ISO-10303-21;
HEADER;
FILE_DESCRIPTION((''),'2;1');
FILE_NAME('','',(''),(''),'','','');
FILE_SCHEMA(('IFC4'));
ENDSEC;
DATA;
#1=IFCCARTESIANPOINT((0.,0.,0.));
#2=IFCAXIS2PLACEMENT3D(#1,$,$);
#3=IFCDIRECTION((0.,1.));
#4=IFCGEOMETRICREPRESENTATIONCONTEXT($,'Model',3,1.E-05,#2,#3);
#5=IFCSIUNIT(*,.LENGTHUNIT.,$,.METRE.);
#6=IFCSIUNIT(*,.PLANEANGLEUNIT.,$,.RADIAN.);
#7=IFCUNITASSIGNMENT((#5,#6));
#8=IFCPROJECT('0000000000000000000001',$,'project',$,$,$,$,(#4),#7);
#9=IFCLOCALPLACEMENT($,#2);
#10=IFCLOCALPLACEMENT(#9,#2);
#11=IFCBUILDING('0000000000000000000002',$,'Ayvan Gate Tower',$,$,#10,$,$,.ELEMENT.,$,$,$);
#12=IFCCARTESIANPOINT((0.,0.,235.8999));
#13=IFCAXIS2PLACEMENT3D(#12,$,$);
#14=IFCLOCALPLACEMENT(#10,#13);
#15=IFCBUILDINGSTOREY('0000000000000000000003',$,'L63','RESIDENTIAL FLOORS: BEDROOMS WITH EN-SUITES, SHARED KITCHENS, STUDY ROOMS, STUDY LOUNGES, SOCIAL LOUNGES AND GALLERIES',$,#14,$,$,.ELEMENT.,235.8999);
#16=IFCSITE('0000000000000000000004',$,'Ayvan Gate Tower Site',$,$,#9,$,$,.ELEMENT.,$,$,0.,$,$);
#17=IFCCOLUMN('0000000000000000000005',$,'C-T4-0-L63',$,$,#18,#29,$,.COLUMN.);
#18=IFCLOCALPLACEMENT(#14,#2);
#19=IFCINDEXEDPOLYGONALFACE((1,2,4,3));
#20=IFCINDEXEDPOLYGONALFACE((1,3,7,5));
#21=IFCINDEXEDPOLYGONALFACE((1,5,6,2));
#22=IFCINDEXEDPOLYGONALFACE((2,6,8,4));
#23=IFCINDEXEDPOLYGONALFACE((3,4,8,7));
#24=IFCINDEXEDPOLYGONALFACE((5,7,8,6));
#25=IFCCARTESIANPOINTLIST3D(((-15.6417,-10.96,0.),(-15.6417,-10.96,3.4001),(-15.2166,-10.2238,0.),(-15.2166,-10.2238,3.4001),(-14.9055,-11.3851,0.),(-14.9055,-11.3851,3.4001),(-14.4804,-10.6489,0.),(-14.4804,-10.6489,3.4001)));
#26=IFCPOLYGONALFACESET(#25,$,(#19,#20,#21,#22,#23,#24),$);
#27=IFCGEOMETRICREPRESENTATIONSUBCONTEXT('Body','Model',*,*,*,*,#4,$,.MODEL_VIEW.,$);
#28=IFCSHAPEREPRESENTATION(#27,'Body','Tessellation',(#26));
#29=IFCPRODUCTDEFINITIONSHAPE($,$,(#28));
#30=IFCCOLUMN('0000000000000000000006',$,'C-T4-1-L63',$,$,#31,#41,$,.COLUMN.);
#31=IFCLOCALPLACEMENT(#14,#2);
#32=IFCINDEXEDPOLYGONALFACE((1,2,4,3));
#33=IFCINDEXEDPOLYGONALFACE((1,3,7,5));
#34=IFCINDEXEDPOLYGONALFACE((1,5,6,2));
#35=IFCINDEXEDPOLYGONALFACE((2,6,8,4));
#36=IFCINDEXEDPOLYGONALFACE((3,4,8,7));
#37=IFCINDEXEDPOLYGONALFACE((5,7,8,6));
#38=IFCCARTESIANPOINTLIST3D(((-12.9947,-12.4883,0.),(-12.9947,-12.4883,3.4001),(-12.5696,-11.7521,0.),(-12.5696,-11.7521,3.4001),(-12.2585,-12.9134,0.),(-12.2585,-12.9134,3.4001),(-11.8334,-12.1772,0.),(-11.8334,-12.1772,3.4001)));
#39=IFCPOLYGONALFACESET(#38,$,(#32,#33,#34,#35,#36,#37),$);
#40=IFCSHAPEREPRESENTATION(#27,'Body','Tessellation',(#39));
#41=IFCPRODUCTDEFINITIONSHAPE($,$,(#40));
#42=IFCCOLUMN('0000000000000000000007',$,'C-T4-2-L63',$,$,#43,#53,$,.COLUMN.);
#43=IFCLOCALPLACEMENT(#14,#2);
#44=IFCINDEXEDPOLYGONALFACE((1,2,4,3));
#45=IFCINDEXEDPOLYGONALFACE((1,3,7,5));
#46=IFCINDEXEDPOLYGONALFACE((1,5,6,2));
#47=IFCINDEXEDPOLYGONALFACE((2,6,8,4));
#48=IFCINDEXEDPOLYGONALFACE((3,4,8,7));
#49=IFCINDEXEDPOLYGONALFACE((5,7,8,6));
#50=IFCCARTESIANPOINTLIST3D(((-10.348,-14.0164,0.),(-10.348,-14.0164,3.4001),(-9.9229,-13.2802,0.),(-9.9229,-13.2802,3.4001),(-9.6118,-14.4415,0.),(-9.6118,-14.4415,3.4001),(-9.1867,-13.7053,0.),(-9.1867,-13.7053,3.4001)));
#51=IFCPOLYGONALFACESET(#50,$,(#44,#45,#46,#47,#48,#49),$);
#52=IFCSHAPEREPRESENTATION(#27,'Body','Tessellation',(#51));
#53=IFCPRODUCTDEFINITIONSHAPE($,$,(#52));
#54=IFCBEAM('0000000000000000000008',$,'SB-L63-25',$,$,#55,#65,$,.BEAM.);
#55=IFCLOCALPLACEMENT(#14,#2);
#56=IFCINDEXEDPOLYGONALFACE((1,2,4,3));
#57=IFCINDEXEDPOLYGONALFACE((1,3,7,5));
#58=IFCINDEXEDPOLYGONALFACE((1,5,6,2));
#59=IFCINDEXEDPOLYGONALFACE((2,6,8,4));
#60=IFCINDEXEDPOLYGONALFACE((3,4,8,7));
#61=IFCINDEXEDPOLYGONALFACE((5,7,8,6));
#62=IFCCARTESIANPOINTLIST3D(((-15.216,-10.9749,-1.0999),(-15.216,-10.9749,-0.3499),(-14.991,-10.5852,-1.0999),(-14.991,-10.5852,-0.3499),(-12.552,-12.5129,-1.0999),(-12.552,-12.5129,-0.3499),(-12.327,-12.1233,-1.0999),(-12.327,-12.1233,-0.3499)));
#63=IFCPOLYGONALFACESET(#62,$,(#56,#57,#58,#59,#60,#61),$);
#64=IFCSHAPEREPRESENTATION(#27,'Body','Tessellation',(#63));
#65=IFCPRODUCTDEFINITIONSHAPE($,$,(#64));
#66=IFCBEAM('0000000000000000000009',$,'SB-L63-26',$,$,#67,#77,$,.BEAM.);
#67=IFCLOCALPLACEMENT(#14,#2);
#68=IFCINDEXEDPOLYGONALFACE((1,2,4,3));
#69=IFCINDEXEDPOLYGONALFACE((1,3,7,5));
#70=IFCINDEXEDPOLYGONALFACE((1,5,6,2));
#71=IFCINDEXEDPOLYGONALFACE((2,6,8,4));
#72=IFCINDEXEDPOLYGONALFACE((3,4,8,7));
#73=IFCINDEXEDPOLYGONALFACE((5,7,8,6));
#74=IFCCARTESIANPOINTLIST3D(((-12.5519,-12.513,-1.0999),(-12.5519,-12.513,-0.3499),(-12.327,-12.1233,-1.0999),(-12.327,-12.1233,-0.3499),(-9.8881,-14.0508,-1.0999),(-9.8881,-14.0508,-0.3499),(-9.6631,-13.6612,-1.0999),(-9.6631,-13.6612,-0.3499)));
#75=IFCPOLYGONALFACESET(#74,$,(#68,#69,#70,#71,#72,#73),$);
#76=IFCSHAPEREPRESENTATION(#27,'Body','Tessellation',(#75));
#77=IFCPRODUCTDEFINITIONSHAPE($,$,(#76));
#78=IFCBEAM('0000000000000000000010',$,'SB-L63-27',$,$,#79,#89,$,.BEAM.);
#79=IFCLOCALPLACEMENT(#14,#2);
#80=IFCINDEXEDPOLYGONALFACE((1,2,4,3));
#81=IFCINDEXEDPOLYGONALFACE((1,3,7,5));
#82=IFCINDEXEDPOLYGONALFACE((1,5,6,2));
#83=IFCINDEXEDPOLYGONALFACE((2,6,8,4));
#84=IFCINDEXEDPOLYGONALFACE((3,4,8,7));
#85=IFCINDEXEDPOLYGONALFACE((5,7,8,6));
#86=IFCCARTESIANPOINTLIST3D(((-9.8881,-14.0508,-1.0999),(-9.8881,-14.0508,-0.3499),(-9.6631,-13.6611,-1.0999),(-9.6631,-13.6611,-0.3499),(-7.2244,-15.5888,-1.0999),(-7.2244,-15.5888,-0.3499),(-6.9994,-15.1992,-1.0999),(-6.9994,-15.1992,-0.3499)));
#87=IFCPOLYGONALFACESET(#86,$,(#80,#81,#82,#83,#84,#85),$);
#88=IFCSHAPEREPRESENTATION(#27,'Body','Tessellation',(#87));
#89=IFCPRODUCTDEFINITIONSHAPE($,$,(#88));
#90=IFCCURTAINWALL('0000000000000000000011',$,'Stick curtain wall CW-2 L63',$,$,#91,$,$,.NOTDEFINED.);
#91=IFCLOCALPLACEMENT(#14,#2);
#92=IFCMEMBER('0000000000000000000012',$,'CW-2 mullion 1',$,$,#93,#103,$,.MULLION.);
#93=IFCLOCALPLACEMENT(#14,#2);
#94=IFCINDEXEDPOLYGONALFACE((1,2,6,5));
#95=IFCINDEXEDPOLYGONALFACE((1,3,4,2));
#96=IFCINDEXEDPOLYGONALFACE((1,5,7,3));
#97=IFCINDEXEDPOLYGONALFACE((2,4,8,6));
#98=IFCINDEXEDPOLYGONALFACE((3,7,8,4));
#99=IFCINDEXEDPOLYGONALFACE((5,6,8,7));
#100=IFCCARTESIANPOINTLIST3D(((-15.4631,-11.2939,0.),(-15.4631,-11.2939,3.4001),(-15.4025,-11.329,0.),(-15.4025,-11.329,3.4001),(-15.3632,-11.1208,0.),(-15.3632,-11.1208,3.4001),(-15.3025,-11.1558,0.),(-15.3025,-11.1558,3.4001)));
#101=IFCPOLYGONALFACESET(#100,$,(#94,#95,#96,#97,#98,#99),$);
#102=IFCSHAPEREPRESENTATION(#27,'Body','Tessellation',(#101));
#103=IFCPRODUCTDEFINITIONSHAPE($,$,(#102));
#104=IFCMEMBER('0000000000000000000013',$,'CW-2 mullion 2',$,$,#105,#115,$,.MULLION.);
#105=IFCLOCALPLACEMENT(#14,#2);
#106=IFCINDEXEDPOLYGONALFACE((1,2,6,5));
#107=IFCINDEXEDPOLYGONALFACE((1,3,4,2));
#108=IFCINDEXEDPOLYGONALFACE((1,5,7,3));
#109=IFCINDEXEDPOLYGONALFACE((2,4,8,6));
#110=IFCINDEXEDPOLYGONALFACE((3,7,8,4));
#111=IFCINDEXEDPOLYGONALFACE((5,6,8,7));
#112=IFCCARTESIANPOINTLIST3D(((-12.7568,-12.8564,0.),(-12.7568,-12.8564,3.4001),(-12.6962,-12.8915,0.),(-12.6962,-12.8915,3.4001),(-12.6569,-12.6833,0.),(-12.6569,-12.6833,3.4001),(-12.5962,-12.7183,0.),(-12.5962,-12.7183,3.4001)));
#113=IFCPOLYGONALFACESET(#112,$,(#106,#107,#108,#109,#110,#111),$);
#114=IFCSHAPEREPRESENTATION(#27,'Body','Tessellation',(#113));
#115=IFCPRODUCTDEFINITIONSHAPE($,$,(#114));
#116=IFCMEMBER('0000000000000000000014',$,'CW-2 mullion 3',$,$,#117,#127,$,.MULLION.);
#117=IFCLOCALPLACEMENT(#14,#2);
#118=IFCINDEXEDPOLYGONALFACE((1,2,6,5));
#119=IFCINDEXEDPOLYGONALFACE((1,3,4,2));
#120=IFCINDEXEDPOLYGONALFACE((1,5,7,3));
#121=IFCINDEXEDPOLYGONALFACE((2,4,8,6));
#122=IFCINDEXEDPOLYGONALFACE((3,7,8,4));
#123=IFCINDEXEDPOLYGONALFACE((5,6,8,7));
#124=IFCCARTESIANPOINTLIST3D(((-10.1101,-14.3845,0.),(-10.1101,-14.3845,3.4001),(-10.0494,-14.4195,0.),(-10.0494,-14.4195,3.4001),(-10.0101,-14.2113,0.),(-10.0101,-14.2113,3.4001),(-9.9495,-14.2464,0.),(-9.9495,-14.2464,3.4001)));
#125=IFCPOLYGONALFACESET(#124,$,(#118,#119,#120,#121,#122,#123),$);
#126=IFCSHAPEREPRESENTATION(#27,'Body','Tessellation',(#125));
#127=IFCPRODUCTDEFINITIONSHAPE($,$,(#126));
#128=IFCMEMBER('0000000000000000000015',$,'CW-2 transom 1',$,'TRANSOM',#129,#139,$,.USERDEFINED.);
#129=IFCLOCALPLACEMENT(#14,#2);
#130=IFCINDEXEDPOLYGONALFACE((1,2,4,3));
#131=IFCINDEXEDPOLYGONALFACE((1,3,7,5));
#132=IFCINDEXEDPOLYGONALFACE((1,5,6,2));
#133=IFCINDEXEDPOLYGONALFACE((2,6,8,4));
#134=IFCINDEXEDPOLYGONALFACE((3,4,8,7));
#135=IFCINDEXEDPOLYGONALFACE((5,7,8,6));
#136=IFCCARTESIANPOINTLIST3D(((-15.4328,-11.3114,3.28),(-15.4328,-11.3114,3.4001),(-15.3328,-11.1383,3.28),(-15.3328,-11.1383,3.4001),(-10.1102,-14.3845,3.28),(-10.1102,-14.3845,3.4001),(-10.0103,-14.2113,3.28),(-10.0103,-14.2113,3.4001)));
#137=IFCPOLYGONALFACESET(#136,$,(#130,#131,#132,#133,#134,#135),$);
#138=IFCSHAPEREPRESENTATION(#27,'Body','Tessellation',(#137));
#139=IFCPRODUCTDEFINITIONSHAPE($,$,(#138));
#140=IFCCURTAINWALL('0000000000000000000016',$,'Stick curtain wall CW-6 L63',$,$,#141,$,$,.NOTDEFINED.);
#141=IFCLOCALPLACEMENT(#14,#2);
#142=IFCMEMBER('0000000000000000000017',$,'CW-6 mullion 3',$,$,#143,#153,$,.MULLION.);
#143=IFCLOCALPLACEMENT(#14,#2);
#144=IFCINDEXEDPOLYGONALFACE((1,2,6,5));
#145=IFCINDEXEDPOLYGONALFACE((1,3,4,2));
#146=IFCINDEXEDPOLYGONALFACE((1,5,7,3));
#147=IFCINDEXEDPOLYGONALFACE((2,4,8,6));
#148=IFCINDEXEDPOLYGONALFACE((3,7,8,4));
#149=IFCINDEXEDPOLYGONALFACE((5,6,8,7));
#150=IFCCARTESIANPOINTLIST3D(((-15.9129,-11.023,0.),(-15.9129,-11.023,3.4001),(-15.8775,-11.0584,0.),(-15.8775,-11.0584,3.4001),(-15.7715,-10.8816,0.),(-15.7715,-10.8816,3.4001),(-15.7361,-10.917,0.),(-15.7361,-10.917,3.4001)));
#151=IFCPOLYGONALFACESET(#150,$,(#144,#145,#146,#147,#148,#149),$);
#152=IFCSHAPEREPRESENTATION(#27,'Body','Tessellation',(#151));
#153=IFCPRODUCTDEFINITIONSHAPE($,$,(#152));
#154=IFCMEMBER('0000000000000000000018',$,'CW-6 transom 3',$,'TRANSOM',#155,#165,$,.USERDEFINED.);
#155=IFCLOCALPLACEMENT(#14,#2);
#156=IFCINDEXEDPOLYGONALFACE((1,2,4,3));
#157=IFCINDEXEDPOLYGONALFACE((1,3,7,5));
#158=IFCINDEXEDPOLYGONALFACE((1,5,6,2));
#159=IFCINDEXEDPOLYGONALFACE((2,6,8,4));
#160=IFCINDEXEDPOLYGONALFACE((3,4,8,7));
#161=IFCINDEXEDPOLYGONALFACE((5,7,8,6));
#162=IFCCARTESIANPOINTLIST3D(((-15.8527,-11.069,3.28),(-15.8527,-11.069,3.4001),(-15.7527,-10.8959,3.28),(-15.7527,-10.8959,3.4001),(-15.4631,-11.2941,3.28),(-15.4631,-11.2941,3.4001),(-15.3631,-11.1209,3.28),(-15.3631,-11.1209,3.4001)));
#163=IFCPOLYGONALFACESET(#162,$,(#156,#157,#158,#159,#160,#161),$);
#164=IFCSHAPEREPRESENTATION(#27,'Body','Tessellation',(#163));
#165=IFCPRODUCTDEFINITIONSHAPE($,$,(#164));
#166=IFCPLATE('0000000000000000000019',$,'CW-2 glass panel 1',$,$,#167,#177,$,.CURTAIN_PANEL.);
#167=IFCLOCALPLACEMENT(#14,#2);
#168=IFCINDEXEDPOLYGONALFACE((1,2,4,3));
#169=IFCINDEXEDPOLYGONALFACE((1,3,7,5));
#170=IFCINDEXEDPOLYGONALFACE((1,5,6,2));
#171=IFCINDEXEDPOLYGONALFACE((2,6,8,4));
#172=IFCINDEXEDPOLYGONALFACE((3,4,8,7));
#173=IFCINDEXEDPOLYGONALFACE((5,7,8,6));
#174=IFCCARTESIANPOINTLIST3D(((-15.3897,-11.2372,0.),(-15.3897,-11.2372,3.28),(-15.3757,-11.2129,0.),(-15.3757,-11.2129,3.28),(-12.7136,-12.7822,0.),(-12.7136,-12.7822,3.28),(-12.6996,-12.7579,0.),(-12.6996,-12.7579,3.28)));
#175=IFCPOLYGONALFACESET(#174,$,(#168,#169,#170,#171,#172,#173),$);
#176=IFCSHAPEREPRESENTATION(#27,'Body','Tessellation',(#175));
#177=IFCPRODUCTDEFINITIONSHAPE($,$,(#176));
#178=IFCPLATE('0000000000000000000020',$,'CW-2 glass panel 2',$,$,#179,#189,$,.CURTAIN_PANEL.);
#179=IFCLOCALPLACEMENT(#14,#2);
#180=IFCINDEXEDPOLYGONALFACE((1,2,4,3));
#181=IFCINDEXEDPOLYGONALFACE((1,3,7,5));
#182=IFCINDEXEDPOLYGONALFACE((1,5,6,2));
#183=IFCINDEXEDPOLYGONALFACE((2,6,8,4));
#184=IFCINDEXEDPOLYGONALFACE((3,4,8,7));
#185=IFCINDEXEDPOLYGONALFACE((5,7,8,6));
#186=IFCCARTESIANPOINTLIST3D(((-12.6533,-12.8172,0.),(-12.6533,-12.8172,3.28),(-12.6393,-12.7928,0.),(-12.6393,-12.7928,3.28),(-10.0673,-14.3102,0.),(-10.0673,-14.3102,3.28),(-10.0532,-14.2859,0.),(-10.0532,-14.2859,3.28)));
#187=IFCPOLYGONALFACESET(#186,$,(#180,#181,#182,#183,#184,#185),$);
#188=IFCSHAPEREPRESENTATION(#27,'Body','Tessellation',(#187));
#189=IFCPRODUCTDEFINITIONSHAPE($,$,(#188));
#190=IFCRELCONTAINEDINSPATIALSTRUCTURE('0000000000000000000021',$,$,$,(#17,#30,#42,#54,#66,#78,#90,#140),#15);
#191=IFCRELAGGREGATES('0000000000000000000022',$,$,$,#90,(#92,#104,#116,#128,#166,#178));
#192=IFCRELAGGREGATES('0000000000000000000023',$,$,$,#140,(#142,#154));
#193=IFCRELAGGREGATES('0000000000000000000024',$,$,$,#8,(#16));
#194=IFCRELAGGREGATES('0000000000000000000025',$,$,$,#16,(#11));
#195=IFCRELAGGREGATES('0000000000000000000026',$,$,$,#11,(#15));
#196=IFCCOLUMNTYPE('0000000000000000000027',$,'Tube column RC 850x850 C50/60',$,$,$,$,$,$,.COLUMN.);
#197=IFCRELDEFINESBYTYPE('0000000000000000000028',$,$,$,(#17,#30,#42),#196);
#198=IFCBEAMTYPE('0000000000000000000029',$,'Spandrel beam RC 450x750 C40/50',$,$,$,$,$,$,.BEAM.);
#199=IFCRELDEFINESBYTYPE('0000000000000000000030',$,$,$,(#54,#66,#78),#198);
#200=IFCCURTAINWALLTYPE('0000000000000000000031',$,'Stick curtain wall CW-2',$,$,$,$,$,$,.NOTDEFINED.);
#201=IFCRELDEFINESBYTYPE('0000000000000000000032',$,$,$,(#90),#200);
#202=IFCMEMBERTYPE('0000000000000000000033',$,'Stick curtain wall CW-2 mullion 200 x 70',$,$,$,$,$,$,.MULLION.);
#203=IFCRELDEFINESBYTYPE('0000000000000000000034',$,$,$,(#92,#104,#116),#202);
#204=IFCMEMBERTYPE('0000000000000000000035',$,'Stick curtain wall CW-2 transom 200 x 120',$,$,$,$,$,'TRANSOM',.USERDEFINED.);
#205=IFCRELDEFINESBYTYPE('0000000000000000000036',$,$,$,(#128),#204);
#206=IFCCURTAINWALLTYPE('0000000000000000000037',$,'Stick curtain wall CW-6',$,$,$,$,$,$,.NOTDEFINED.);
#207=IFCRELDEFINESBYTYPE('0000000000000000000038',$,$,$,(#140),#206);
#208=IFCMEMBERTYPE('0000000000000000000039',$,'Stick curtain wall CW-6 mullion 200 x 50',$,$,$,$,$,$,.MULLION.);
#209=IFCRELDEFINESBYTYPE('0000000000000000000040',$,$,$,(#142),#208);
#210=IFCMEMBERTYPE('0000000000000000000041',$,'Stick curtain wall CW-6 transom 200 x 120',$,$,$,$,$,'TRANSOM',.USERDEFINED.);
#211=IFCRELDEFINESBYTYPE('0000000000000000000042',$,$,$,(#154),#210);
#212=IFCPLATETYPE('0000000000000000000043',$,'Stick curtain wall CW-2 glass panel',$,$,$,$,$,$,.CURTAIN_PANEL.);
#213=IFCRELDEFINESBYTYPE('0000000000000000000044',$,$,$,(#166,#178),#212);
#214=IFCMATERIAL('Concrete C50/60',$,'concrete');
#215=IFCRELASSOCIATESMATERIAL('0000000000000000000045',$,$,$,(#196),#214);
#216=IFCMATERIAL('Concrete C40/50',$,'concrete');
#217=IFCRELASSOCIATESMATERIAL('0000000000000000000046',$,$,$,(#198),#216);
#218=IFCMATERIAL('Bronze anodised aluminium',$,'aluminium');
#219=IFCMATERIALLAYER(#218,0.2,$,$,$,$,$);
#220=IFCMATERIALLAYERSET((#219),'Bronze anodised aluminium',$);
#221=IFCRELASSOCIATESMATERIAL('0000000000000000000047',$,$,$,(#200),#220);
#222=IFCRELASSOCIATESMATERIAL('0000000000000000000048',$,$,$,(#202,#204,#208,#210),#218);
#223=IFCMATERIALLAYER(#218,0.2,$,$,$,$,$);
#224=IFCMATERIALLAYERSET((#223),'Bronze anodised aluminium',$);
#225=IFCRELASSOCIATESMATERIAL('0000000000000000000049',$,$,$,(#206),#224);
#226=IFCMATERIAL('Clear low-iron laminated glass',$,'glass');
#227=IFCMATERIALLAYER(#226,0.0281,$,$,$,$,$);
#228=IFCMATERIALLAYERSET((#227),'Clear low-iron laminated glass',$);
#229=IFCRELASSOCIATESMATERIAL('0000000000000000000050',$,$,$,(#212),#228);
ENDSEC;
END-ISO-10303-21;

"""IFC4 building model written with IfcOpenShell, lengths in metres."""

from ifc_helpers import new_model, si_unit, direction, frame, origin, origin_2d, place, context, subcontext, project, spatial, rectangle, extrude, material, layer, layer_set, material_profile, profile_set, type_object, element, aggregate, save


model = new_model("IFC4")

# Units and contexts
model_context = context("Model", 3, precision=1e-05, world=origin(), true_north=direction((0.0, 1.0)))
body_context = subcontext(model_context, "Body", "Model", "MODEL_VIEW")
ifc_project = project(units=[si_unit("LENGTHUNIT", "METRE"), si_unit("PLANEANGLEUNIT", "RADIAN")], contexts=[model_context])

# Site, building, storey
site_placement = place(None, origin())
site = spatial("IfcSite", under=ifc_project, at=site_placement, Name="Ayvan Gate Tower Site", CompositionType="ELEMENT", RefElevation=0.0)
building_placement = place(site_placement, origin())
building = spatial("IfcBuilding", under=site, at=building_placement, Name="Ayvan Gate Tower", CompositionType="ELEMENT")
storey_placement = place(building_placement, frame((0.0, 0.0, 235.8999)))
storey = spatial("IfcBuildingStorey", under=building, at=storey_placement, Name="L63", Description="RESIDENTIAL FLOORS: BEDROOMS WITH EN-SUITES, SHARED KITCHENS, STUDY ROOMS, STUDY LOUNGES, SOCIAL LOUNGES AND GALLERIES", CompositionType="ELEMENT", Elevation=235.8999)

# Columns
ifc_material_1 = material(Name="Concrete C50/60", Category="concrete")
ifc_material_profile_1 = material_profile(ifc_material_1, rectangle(XDim=0.8501, YDim=0.8501, at=origin_2d()), Name="RC 850x850")
ifc_profile_set_1 = profile_set([ifc_material_profile_1], Name="Concrete C50/60")
column_type = type_object("IfcColumnType", Name="Tube column RC 850x850 C50/60", PredefinedType="COLUMN", material=ifc_profile_set_1)
for number, where, z_axis, x_axis, name in (
    (1, (-15.061, -10.8044, 0.0), (0.0, 0.0, 1.0), (-0.5, -0.866025, 0.0), "C-T4-0-L63"),
    (2, (-12.4141, -12.3328, 0.0), (0.0, 0.0, 1.0), (-0.5, -0.866025, 0.0), "C-T4-1-L63"),
    (3, (-9.7673, -13.8608, 0.0), (0.0, 0.0, 1.0), (-0.5, -0.866025, 0.0), "C-T4-2-L63"),
):
    element("IfcColumn", number, at=place(storey_placement, frame(where, z_axis=z_axis, x_axis=x_axis)), inside=storey, type_object=column_type, Name=name, PredefinedType="COLUMN", context=body_context, shape_type="SweptSolid", body=[
        extrude(rectangle(XDim=0.8501, YDim=0.8501, at=origin_2d()), origin(), (0.0, 0.0, 1.0), 3.4001),
    ])

# Beams
ifc_material_2 = material(Name="Concrete C40/50", Category="concrete")
ifc_material_profile_2 = material_profile(ifc_material_2, rectangle(XDim=0.45, YDim=0.75, at=origin_2d()), Name="RC 450x750")
ifc_profile_set_2 = profile_set([ifc_material_profile_2], Name="Concrete C40/50")
beam_type = type_object("IfcBeamType", Name="Spandrel beam RC 450x750 C40/50", PredefinedType="BEAM", material=ifc_profile_set_2)
beam_placement = place(storey_placement, frame((-15.1035, -10.78, -0.7249), z_axis=(0.866027, -0.499997, 0.0), x_axis=(0.499997, 0.866027, 0.0)))
element("IfcBeam", 4, at=beam_placement, inside=storey, type_object=beam_type, Name="SB-L63-25", PredefinedType="BEAM", context=body_context, shape_type="SweptSolid", body=[
    extrude(rectangle(XDim=0.45, YDim=0.75, at=origin_2d()), origin(), (0.0, 0.0, 1.0), 3.0762),
])
for number, where, z_axis, x_axis, name in (
    (5, (-12.4395, -12.3181, -0.7249), (0.866042, -0.499972, 0.0), (0.499972, 0.866042, 0.0), "SB-L63-26"),
    (6, (-9.7756, -13.856, -0.7249), (0.866007, -0.500032, 0.0), (0.500032, 0.866007, 0.0), "SB-L63-27"),
):
    element("IfcBeam", number, at=place(storey_placement, frame(where, z_axis=z_axis, x_axis=x_axis)), inside=storey, type_object=beam_type, Name=name, PredefinedType="BEAM", context=body_context, shape_type="SweptSolid", body=[
        extrude(rectangle(XDim=0.45, YDim=0.75, at=origin_2d()), origin(), (0.0, 0.0, 1.0), 3.0759),
    ])

# Curtain walls, members
ifc_material_3 = material(Name="Bronze anodised aluminium", Category="aluminium")
ifc_layer_1 = layer(ifc_material_3, 0.2)
ifc_layer_set_1 = layer_set([ifc_layer_1], Name="Bronze anodised aluminium")
curtain_wall_type_1 = type_object("IfcCurtainWallType", Name="Stick curtain wall CW-2", PredefinedType="NOTDEFINED", material=ifc_layer_set_1)
curtain_wall_1_placement = place(storey_placement, origin())
curtain_wall_1 = element("IfcCurtainWall", 7, at=curtain_wall_1_placement, inside=storey, type_object=curtain_wall_type_1, Name="Stick curtain wall CW-2 L63", PredefinedType="NOTDEFINED")
ifc_material_profile_3 = material_profile(ifc_material_3, rectangle(XDim=0.2, YDim=0.0701, at=origin_2d()), Name="Stick curtain wall CW-2 mullion 200 x 70")
ifc_profile_set_3 = profile_set([ifc_material_profile_3], Name="Bronze anodised aluminium")
member_type_1 = type_object("IfcMemberType", Name="Stick curtain wall CW-2 mullion 200 x 70", PredefinedType="MULLION", material=ifc_profile_set_3)
member_1_placement = place(storey_placement, frame((-15.3828, -11.2249, 0.0), z_axis=(0.0, 0.0, 1.0), x_axis=(-0.5, -0.866025, 0.0)))
member_1 = element("IfcMember", 8, at=member_1_placement, type_object=member_type_1, Name="CW-2 mullion 1", PredefinedType="MULLION", context=body_context, shape_type="SweptSolid", body=[
    extrude(rectangle(XDim=0.2, YDim=0.0701, at=origin_2d()), origin(), (0.0, 0.0, 1.0), 3.4001),
])
member_2_placement = place(storey_placement, frame((-12.6765, -12.7874, 0.0), z_axis=(0.0, 0.0, 1.0), x_axis=(-0.5, -0.866025, 0.0)))
member_2 = element("IfcMember", 9, at=member_2_placement, type_object=member_type_1, Name="CW-2 mullion 2", PredefinedType="MULLION", context=body_context, shape_type="SweptSolid", body=[
    extrude(rectangle(XDim=0.2, YDim=0.0701, at=origin_2d()), origin(), (0.0, 0.0, 1.0), 3.4001),
])
member_3_placement = place(storey_placement, frame((-10.0298, -14.3154, 0.0), z_axis=(0.0, 0.0, 1.0), x_axis=(-0.5, -0.866025, 0.0)))
member_3 = element("IfcMember", 10, at=member_3_placement, type_object=member_type_1, Name="CW-2 mullion 3", PredefinedType="MULLION", context=body_context, shape_type="SweptSolid", body=[
    extrude(rectangle(XDim=0.2, YDim=0.0701, at=origin_2d()), origin(), (0.0, 0.0, 1.0), 3.4001),
])
ifc_material_profile_4 = material_profile(ifc_material_3, rectangle(XDim=0.2, YDim=0.1201, at=origin_2d()), Name="Stick curtain wall CW-2 transom 200 x 120")
ifc_profile_set_4 = profile_set([ifc_material_profile_4], Name="Bronze anodised aluminium")
member_type_2 = type_object("IfcMemberType", Name="Stick curtain wall CW-2 transom 200 x 120", ElementType="TRANSOM", PredefinedType="USERDEFINED", material=ifc_profile_set_4)
member_4_placement = place(storey_placement, frame((-15.3828, -11.2249, 3.3401), z_axis=(0.866022, -0.500006, 0.0), x_axis=(0.500006, 0.866022, 0.0)))
member_4 = element("IfcMember", 11, at=member_4_placement, type_object=member_type_2, Name="CW-2 transom 1", ObjectType="TRANSOM", PredefinedType="USERDEFINED", context=body_context, shape_type="SweptSolid", body=[
    extrude(rectangle(XDim=0.2, YDim=0.1201, at=origin_2d()), origin(), (0.0, 0.0, 1.0), 6.146),
])
ifc_layer_2 = layer(ifc_material_3, 0.2)
ifc_layer_set_2 = layer_set([ifc_layer_2], Name="Bronze anodised aluminium")
curtain_wall_type_2 = type_object("IfcCurtainWallType", Name="Stick curtain wall CW-6", PredefinedType="NOTDEFINED", material=ifc_layer_set_2)
curtain_wall_2_placement = place(storey_placement, origin())
curtain_wall_2 = element("IfcCurtainWall", 12, at=curtain_wall_2_placement, inside=storey, type_object=curtain_wall_type_2, Name="Stick curtain wall CW-6 L63", PredefinedType="NOTDEFINED")
ifc_material_profile_5 = material_profile(ifc_material_3, rectangle(XDim=0.2, YDim=0.05, at=origin_2d()), Name="Stick curtain wall CW-6 mullion 200 x 50")
ifc_profile_set_5 = profile_set([ifc_material_profile_5], Name="Bronze anodised aluminium")
member_type_3 = type_object("IfcMemberType", Name="Stick curtain wall CW-6 mullion 200 x 50", PredefinedType="MULLION", material=ifc_profile_set_5)
member_5_placement = place(storey_placement, frame((-15.8245, -10.97, 0.0), z_axis=(0.0, 0.0, 1.0), x_axis=(-0.707107, -0.707107, 0.0)))
member_5 = element("IfcMember", 13, at=member_5_placement, type_object=member_type_3, Name="CW-6 mullion 3", PredefinedType="MULLION", context=body_context, shape_type="SweptSolid", body=[
    extrude(rectangle(XDim=0.2, YDim=0.05, at=origin_2d()), origin(), (0.0, 0.0, 1.0), 3.4001),
])
ifc_material_profile_6 = material_profile(ifc_material_3, rectangle(XDim=0.2, YDim=0.1201, at=origin_2d()), Name="Stick curtain wall CW-6 transom 200 x 120")
ifc_profile_set_6 = profile_set([ifc_material_profile_6], Name="Bronze anodised aluminium")
member_type_4 = type_object("IfcMemberType", Name="Stick curtain wall CW-6 transom 200 x 120", ElementType="TRANSOM", PredefinedType="USERDEFINED", material=ifc_profile_set_6)
member_6_placement = place(storey_placement, frame((-15.8027, -10.9824, 3.3401), z_axis=(0.865896, -0.500223, 0.0), x_axis=(0.500223, 0.865896, 0.0)))
member_6 = element("IfcMember", 14, at=member_6_placement, type_object=member_type_4, Name="CW-6 transom 3", ObjectType="TRANSOM", PredefinedType="USERDEFINED", context=body_context, shape_type="SweptSolid", body=[
    extrude(rectangle(XDim=0.2, YDim=0.1201, at=origin_2d()), origin(), (0.0, 0.0, 1.0), 0.45),
])

# Plates
ifc_material_4 = material(Name="Clear low-iron laminated glass", Category="glass")
ifc_layer_3 = layer(ifc_material_4, 0.0281)
ifc_layer_set_3 = layer_set([ifc_layer_3], Name="Clear low-iron laminated glass")
plate_type_1 = type_object("IfcPlateType", Name="Stick curtain wall CW-2 glass panel", PredefinedType="CURTAIN_PANEL", material=ifc_layer_set_3)
plate_1_placement = place(storey_placement, frame((-14.0447, -11.9976, 0.0), z_axis=(0.0, 0.0, 1.0), x_axis=(0.866025, -0.5, 0.0)))
plate_1 = element("IfcPlate", 15, at=plate_1_placement, type_object=plate_type_1, Name="CW-2 glass panel 1", PredefinedType="CURTAIN_PANEL", context=body_context, shape_type="SweptSolid", body=[
    extrude(rectangle(XDim=3.0901, YDim=0.0281, at=origin_2d()), origin(), (0.0, 0.0, 1.0), 3.28),
])
plate_2_placement = place(storey_placement, frame((-11.3533, -13.5515, 0.0), z_axis=(0.0, 0.0, 1.0), x_axis=(0.866025, -0.5, 0.0)))
plate_2 = element("IfcPlate", 16, at=plate_2_placement, type_object=plate_type_1, Name="CW-2 glass panel 2", PredefinedType="CURTAIN_PANEL", context=body_context, shape_type="SweptSolid", body=[
    extrude(rectangle(XDim=2.9861, YDim=0.0281, at=origin_2d()), origin(), (0.0, 0.0, 1.0), 3.28),
])
aggregate(curtain_wall_1, [member_1, member_2, member_3, member_4, plate_1, plate_2])
aggregate(curtain_wall_2, [member_5, member_6])

save(model, "model.ifc")
